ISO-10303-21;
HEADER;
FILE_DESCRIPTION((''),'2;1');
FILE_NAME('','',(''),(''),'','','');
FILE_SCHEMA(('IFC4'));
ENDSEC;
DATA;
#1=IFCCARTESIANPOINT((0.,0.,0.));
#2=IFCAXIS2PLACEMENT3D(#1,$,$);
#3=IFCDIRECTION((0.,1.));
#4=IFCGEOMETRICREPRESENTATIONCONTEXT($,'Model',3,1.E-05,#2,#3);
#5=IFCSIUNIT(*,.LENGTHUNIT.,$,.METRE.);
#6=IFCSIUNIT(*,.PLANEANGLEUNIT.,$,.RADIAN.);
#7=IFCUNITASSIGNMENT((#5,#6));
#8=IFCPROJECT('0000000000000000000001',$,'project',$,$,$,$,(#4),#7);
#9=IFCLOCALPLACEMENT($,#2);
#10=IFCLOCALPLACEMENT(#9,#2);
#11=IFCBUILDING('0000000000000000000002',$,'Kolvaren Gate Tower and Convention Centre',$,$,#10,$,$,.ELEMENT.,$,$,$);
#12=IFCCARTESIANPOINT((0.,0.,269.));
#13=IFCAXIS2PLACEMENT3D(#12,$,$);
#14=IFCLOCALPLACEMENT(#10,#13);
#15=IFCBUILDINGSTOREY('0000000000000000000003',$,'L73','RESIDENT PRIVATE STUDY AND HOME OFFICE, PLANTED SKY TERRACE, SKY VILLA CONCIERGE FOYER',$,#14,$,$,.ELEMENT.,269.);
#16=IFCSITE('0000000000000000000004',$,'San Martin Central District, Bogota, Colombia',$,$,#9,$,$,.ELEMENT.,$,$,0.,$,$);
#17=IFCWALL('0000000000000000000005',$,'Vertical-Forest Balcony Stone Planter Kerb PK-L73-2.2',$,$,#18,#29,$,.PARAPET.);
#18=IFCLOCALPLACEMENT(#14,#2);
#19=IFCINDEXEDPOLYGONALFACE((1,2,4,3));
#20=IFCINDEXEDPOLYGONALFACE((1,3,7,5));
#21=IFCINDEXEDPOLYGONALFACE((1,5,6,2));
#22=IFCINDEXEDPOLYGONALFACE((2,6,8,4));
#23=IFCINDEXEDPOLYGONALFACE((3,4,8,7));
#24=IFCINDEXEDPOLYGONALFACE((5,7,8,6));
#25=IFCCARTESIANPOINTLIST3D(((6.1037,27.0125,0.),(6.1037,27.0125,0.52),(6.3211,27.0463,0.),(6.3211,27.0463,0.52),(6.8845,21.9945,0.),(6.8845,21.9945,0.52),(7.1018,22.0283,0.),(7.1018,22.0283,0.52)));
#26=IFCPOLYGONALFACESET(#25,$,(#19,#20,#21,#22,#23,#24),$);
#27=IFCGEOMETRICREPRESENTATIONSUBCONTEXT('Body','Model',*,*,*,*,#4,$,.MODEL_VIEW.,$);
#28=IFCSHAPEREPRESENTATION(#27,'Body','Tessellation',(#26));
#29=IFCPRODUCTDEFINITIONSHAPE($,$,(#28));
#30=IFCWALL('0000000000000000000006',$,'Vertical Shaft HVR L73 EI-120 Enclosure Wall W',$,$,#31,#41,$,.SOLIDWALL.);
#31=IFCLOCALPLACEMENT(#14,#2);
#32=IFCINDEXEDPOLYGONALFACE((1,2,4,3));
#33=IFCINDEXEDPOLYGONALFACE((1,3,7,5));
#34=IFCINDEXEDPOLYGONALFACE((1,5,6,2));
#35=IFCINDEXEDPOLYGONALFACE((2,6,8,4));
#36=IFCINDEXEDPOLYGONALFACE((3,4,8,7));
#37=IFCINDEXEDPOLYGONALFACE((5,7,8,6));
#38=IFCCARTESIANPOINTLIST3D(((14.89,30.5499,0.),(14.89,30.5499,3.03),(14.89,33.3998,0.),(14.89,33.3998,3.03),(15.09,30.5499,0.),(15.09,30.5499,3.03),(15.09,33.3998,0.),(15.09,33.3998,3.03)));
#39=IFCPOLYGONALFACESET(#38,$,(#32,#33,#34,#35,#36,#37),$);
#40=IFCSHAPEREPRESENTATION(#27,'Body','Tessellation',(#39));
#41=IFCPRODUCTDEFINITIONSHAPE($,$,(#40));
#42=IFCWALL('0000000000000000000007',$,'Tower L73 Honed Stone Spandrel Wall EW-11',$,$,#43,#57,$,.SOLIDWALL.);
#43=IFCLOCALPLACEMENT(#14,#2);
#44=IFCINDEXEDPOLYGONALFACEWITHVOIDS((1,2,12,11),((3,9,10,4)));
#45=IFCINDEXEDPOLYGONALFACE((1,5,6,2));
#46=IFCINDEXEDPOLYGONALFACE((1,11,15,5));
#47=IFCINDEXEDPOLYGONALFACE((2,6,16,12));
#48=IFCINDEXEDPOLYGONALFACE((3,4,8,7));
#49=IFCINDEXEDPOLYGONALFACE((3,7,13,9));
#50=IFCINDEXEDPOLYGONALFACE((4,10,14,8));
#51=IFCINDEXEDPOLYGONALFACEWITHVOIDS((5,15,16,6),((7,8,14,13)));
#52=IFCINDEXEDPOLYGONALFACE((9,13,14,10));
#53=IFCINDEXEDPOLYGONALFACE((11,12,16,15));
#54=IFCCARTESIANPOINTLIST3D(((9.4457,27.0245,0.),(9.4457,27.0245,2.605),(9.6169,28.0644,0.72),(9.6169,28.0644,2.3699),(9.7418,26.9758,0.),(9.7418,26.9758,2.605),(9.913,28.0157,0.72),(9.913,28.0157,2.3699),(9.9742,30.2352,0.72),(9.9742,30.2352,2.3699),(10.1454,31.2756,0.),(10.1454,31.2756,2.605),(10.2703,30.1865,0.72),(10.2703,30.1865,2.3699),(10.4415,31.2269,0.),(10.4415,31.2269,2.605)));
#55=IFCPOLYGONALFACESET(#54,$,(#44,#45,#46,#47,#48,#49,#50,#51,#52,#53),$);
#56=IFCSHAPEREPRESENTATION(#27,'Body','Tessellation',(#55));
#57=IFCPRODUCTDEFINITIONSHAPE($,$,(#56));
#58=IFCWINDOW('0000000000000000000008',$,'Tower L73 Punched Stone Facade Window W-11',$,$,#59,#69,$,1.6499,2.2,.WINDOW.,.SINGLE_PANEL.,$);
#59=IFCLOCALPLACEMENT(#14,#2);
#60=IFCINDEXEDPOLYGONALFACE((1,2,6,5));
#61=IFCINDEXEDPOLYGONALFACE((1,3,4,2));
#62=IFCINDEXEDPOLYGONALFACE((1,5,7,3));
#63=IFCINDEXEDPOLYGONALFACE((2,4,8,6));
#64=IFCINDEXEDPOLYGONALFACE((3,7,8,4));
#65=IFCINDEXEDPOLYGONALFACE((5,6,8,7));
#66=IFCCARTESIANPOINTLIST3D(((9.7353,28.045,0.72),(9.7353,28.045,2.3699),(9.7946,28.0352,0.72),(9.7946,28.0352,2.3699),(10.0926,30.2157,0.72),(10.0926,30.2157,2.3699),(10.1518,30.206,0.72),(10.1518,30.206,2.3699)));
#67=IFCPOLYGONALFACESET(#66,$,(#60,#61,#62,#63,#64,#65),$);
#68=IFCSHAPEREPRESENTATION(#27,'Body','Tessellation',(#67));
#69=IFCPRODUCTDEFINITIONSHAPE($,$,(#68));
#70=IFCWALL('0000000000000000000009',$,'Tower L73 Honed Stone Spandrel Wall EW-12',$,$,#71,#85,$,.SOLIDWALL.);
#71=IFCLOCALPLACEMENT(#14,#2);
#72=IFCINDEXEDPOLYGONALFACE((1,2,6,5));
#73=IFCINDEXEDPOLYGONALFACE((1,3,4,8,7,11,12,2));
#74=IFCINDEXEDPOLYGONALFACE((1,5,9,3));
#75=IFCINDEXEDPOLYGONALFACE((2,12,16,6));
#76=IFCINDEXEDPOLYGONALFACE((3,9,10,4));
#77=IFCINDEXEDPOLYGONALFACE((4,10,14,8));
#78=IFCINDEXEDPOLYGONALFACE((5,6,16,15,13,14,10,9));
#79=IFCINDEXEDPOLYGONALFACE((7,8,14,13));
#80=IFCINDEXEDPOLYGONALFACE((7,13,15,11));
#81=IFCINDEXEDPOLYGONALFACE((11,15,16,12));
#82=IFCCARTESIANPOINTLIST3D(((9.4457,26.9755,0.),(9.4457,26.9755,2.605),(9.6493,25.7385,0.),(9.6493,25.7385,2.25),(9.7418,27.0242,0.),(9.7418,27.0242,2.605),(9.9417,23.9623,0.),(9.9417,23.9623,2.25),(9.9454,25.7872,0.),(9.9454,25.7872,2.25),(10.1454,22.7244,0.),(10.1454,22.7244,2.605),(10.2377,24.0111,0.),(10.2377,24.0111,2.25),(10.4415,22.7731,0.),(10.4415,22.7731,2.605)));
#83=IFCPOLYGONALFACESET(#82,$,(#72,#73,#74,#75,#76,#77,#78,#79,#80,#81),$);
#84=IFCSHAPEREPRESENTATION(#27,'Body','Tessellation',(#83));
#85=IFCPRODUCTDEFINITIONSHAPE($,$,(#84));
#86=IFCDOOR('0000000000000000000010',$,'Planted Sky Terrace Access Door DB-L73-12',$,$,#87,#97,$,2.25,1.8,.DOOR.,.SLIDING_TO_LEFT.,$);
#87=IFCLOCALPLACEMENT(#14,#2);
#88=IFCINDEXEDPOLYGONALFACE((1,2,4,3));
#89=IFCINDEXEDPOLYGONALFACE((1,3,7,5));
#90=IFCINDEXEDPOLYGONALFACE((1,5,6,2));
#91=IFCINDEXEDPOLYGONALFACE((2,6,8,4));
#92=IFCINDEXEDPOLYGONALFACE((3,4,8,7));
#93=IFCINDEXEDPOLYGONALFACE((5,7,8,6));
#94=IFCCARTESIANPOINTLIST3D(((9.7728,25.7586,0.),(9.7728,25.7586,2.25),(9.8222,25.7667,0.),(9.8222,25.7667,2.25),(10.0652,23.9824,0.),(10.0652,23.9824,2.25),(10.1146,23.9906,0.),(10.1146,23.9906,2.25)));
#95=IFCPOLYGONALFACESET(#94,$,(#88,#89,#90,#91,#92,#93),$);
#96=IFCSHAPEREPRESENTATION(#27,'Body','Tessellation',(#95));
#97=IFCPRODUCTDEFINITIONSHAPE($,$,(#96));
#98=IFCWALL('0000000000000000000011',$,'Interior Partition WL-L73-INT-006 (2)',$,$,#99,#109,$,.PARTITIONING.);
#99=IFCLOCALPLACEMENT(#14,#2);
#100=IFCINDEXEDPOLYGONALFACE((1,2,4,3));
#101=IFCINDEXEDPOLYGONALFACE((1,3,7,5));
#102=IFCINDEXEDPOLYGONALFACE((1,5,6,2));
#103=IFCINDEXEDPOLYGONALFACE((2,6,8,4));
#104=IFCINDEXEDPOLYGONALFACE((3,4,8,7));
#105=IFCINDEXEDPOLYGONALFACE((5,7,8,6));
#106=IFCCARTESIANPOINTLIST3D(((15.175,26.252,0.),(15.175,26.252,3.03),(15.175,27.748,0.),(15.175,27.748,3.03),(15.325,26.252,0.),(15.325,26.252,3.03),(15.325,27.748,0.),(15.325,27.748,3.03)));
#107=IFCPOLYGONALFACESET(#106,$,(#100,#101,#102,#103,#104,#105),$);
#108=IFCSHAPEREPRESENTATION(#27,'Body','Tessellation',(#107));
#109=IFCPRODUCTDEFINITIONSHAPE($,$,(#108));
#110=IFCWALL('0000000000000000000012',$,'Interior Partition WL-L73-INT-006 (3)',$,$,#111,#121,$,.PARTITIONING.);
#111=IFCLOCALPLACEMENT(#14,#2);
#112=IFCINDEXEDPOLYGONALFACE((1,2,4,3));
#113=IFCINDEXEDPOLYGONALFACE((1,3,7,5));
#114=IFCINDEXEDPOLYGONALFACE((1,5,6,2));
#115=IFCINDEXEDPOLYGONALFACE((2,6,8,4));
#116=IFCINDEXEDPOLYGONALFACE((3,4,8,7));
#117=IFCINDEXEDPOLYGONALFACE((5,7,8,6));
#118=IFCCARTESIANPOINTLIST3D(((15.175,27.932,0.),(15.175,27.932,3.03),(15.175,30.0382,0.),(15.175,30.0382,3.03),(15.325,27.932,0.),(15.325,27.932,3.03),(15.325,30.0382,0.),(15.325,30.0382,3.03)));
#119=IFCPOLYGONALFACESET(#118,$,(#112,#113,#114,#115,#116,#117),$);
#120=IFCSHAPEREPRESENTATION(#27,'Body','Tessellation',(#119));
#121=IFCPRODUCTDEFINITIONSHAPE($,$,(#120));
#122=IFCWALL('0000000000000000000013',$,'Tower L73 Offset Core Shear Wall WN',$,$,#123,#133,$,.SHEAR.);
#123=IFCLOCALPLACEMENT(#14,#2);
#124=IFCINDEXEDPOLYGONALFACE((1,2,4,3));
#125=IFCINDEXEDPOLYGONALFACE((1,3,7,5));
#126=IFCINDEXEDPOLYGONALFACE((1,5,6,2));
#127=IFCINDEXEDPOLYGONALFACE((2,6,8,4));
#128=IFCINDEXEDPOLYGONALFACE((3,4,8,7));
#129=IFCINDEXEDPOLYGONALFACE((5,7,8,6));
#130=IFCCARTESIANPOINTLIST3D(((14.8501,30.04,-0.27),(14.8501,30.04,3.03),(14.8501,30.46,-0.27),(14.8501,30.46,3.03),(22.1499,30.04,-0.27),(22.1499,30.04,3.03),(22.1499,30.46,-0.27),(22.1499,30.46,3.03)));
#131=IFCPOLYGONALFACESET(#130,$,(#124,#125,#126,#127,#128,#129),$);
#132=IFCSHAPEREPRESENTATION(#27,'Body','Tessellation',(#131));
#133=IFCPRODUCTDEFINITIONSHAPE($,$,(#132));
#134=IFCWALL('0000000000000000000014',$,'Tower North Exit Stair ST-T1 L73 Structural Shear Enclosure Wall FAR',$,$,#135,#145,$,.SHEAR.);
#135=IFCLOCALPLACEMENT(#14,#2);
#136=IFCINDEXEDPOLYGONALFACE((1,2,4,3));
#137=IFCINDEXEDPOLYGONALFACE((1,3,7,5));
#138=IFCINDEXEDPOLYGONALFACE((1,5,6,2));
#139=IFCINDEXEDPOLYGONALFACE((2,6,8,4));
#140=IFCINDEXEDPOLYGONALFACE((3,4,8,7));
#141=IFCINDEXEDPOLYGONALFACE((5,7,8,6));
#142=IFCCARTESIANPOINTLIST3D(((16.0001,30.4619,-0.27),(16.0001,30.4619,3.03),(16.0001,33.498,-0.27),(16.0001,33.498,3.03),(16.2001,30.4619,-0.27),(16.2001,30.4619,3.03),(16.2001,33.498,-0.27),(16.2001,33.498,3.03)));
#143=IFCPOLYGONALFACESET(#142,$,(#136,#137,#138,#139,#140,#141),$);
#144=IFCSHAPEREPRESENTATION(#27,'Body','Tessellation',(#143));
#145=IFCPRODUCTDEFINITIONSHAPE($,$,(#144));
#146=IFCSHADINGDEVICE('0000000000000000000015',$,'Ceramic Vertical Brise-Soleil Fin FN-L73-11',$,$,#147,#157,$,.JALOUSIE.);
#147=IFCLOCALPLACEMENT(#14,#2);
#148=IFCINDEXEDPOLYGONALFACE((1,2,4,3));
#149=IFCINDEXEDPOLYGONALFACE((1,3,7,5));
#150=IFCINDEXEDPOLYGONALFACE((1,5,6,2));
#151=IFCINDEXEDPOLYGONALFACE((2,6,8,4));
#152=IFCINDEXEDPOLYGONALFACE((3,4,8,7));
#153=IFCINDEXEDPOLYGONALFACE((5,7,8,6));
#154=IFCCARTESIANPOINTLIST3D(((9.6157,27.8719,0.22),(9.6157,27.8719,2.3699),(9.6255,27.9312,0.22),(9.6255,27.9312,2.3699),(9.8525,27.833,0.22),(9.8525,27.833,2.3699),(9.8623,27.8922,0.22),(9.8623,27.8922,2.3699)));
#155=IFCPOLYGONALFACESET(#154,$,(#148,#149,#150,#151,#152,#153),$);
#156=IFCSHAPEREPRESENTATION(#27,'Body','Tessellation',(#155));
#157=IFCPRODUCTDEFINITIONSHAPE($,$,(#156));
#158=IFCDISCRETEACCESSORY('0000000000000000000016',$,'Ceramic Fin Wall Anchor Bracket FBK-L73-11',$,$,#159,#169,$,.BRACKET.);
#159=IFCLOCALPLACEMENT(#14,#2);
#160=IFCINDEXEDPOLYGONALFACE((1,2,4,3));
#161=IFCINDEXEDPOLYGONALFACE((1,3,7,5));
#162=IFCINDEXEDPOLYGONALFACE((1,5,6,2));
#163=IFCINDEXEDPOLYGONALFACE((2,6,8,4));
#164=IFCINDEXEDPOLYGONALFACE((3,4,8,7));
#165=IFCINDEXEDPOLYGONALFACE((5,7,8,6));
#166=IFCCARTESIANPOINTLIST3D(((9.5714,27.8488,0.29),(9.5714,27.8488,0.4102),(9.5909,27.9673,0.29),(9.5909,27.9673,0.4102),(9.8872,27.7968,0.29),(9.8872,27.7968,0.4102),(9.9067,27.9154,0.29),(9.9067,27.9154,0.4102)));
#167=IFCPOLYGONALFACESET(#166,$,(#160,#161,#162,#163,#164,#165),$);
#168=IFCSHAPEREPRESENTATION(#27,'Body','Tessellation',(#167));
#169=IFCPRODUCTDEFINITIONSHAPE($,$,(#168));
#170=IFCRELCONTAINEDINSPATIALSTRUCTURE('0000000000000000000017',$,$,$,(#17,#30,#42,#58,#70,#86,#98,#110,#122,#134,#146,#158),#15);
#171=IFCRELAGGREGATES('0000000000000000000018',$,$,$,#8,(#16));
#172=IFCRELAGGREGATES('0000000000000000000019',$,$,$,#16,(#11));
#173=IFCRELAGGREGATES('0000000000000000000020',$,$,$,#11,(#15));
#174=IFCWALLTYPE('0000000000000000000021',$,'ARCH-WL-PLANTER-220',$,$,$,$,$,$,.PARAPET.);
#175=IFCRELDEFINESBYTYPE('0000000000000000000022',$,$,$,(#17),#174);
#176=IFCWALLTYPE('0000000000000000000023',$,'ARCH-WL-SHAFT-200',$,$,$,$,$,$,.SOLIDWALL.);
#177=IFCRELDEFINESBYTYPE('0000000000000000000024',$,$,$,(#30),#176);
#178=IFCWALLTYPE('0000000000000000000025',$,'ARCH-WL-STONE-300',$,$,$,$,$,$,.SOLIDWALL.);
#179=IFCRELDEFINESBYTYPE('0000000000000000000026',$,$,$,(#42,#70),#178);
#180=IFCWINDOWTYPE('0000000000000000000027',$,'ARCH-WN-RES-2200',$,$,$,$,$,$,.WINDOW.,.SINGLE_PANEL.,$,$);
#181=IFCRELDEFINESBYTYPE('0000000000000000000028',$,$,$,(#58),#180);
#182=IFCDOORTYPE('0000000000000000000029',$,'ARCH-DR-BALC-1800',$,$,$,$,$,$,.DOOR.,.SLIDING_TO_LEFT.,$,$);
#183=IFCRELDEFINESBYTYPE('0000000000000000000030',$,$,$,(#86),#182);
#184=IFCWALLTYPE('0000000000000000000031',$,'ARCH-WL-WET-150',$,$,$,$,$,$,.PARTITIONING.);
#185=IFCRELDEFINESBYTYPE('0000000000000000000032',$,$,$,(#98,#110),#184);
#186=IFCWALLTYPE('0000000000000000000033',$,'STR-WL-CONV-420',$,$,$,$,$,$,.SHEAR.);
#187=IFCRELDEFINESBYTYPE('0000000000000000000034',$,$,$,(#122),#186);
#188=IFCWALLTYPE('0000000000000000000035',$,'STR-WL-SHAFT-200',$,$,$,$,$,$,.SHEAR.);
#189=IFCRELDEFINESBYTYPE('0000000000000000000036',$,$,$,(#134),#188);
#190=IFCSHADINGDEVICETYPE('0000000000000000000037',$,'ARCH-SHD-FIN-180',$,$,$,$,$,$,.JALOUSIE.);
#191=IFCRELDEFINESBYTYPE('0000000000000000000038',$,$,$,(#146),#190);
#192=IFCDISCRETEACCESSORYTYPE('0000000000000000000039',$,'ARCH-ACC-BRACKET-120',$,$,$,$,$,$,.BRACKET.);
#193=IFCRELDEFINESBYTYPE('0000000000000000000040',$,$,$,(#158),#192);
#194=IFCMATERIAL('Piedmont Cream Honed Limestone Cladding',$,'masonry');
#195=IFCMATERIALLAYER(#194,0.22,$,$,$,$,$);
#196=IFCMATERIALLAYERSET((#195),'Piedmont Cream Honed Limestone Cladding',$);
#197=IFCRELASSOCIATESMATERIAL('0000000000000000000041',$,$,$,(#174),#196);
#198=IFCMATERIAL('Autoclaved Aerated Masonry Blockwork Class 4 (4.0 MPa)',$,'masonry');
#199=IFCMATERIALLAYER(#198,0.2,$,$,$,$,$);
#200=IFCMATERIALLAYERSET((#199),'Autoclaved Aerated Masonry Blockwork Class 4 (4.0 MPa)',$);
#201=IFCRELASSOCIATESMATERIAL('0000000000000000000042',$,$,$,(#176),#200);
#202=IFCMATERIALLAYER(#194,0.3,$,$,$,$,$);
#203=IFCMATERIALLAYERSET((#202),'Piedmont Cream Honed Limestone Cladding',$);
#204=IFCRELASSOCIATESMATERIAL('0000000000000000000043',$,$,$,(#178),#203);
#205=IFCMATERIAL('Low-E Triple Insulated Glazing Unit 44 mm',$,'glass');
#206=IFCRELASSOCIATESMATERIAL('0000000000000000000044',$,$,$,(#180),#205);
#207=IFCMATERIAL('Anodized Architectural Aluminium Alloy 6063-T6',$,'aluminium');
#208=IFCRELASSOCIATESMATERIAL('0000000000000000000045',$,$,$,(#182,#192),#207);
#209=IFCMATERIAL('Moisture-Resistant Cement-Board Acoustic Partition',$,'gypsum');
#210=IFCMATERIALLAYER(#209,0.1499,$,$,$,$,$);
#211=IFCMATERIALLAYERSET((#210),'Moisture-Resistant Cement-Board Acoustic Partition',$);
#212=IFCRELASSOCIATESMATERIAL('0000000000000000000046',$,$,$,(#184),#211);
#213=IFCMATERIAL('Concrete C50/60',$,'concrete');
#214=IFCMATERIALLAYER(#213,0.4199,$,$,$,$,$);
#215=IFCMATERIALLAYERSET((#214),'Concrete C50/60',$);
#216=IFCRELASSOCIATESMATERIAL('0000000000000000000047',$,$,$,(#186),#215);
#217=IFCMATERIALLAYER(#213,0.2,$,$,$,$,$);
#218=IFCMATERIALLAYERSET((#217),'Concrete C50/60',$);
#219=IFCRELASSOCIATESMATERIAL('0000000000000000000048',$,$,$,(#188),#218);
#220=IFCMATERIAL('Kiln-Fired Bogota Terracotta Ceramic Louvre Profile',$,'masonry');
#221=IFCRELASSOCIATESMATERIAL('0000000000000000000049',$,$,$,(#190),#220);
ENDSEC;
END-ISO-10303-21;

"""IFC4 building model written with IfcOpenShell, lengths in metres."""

from ifc_helpers import new_model, si_unit, direction, frame, frame_2d, origin, origin_2d, place, context, subcontext, project, spatial, rectangle, extrude, material, layer, layer_set, type_object, element, fill, save


model = new_model("IFC4")

# Units and contexts
model_context = context("Model", 3, precision=1e-05, world=origin(), true_north=direction((0.0, 1.0)))
body_context = subcontext(model_context, "Body", "Model", "MODEL_VIEW")
ifc_project = project(units=[si_unit("LENGTHUNIT", "METRE"), si_unit("PLANEANGLEUNIT", "RADIAN")], contexts=[model_context])

# Site, building, storey
site_placement = place(None, origin())
site = spatial("IfcSite", under=ifc_project, at=site_placement, Name="San Martin Central District, Bogota, Colombia", CompositionType="ELEMENT", RefElevation=0.0)
building_placement = place(site_placement, origin())
building = spatial("IfcBuilding", under=site, at=building_placement, Name="Kolvaren Gate Tower and Convention Centre", CompositionType="ELEMENT")
storey_placement = place(building_placement, frame((0.0, 0.0, 269.0)))
storey = spatial("IfcBuildingStorey", under=building, at=storey_placement, Name="L73", Description="RESIDENT PRIVATE STUDY AND HOME OFFICE, PLANTED SKY TERRACE, SKY VILLA CONCIERGE FOYER", CompositionType="ELEMENT", Elevation=269.0)

# Shared definitions
ifc_material_1 = material(Name="Autoclaved Aerated Masonry Blockwork Class 4 (4.0 MPa)", Category="masonry")

# Walls
ifc_material_2 = material(Name="Piedmont Cream Honed Limestone Cladding", Category="masonry")
ifc_layer_1 = layer(ifc_material_2, 0.22)
ifc_layer_set_1 = layer_set([ifc_layer_1], Name="Piedmont Cream Honed Limestone Cladding")
wall_type_1 = type_object("IfcWallType", Name="ARCH-WL-PLANTER-220", PredefinedType="PARAPET", material=ifc_layer_set_1)
for number, where, z_axis, x_axis, name in (
    (1, (6.2124, 27.0293, 0.0), (0.0, 0.0, 1.0), (0.15374, -0.988111, 0.0), "Vertical-Forest Balcony Stone Planter Kerb PK-L73-2.2"),
):
    element("IfcWall", number, at=place(storey_placement, frame(where, z_axis=z_axis, x_axis=x_axis)), inside=storey, type_object=wall_type_1, Name=name, PredefinedType="PARAPET", context=body_context, shape_type="SweptSolid", body=[
        extrude(rectangle(XDim=5.0784, YDim=0.22, at=frame_2d((2.5391, 0.0))), origin(), (0.0, 0.0, 1.0), 0.52),
    ])
ifc_layer_2 = layer(ifc_material_1, 0.2)
ifc_layer_set_2 = layer_set([ifc_layer_2], Name="Autoclaved Aerated Masonry Blockwork Class 4 (4.0 MPa)")
wall_type_2 = type_object("IfcWallType", Name="ARCH-WL-SHAFT-200", PredefinedType="SOLIDWALL", material=ifc_layer_set_2)
wall_1_placement = place(storey_placement, frame((14.99, 30.55, 0.0), z_axis=(0.0, 0.0, 1.0), x_axis=(0.0, 1.0, 0.0)))
element("IfcWall", 2, at=wall_1_placement, inside=storey, type_object=wall_type_2, Name="Vertical Shaft HVR L73 EI-120 Enclosure Wall W", PredefinedType="SOLIDWALL", context=body_context, shape_type="SweptSolid", body=[
    extrude(rectangle(XDim=2.8499, YDim=0.2, at=frame_2d((1.4248, 0.0))), origin(), (0.0, 0.0, 1.0), 3.03),
])

# Wall, opening, window
ifc_layer_3 = layer(ifc_material_2, 0.3)
ifc_layer_set_3 = layer_set([ifc_layer_3], Name="Piedmont Cream Honed Limestone Cladding")
wall_type_3 = type_object("IfcWallType", Name="ARCH-WL-STONE-300", PredefinedType="SOLIDWALL", material=ifc_layer_set_3)
wall_2_placement = place(storey_placement, frame((9.5938, 27.0, 0.0), z_axis=(0.0, 0.0, 1.0), x_axis=(0.162405, 0.986724, 0.0)))
wall_2 = element("IfcWall", 3, at=wall_2_placement, inside=storey, type_object=wall_type_3, Name="Tower L73 Honed Stone Spandrel Wall EW-11", PredefinedType="SOLIDWALL", context=body_context, shape_type="SweptSolid", body=[
    extrude(rectangle(XDim=4.3083, YDim=0.3, at=frame_2d((2.1543, 0.0))), origin(), (0.0, 0.0, 1.0), 2.605),
])
opening_1_placement = place(wall_2_placement, frame((1.054, 0.0, 0.72)))
opening_1 = element("IfcOpeningElement", 4, at=opening_1_placement, cuts=wall_2, PredefinedType="OPENING", context=body_context, shape_type="SweptSolid", body=[
    extrude(rectangle(XDim=2.2, YDim=1.6499, at=frame_2d((1.1001, 0.825))), frame((0.0, 0.1599, 0.0), z_axis=(0.0, -1.0, 0.0), x_axis=(1.0, 0.0, 0.0)), (0.0, 0.0, 1.0), 0.3201),
])
ifc_material_3 = material(Name="Low-E Triple Insulated Glazing Unit 44 mm", Category="glass")
window_type = type_object("IfcWindowType", Name="ARCH-WN-RES-2200", PartitioningType="SINGLE_PANEL", PredefinedType="WINDOW", material=ifc_material_3)
window_placement = place(opening_1_placement, origin())
window = element("IfcWindow", 5, at=window_placement, inside=storey, type_object=window_type, Name="Tower L73 Punched Stone Facade Window W-11", OverallHeight=1.6499, OverallWidth=2.2, PartitioningType="SINGLE_PANEL", PredefinedType="WINDOW", context=body_context, shape_type="SweptSolid", body=[
    extrude(rectangle(XDim=2.2, YDim=1.6499, at=frame_2d((1.1001, 0.825))), frame((0.0, 0.03, 0.0), z_axis=(0.0, -1.0, 0.0), x_axis=(1.0, 0.0, 0.0)), (0.0, 0.0, 1.0), 0.0601),
])
fill(opening_1, window)

# Wall, opening, door
wall_3_placement = place(storey_placement, frame((9.5938, 27.0, 0.0), z_axis=(0.0, 0.0, 1.0), x_axis=(0.162405, -0.986724, 0.0)))
wall_3 = element("IfcWall", 6, at=wall_3_placement, inside=storey, type_object=wall_type_3, Name="Tower L73 Honed Stone Spandrel Wall EW-12", PredefinedType="SOLIDWALL", context=body_context, shape_type="SweptSolid", body=[
    extrude(rectangle(XDim=4.3083, YDim=0.3, at=frame_2d((2.1543, 0.0))), origin(), (0.0, 0.0, 1.0), 2.605),
])
opening_2_placement = place(wall_3_placement, frame((1.2539, 0.0, 0.0)))
opening_2 = element("IfcOpeningElement", 7, at=opening_2_placement, cuts=wall_3, PredefinedType="OPENING", context=body_context, shape_type="SweptSolid", body=[
    extrude(rectangle(XDim=1.8, YDim=2.25, at=frame_2d((0.8999, 1.125))), frame((0.0, 0.1599, 0.0), z_axis=(0.0, -1.0, 0.0), x_axis=(1.0, 0.0, 0.0)), (0.0, 0.0, 1.0), 0.3201),
])
ifc_material_4 = material(Name="Anodized Architectural Aluminium Alloy 6063-T6", Category="aluminium")
door_type_1 = type_object("IfcDoorType", Name="ARCH-DR-BALC-1800", OperationType="SLIDING_TO_LEFT", PredefinedType="DOOR", material=ifc_material_4)
door_1_placement = place(opening_2_placement, frame((1.8, 0.0, 0.0), z_axis=(0.0, 0.0, 1.0), x_axis=(-1.0, 0.0, 0.0)))
door_1 = element("IfcDoor", 8, at=door_1_placement, inside=storey, type_object=door_type_1, Name="Planted Sky Terrace Access Door DB-L73-12", OperationType="SLIDING_TO_LEFT", OverallHeight=2.25, OverallWidth=1.8, PredefinedType="DOOR", context=body_context, shape_type="SweptSolid", body=[
    extrude(rectangle(XDim=1.8, YDim=2.25, at=frame_2d((0.8999, 1.125))), frame((0.0, 0.0249, 0.0), z_axis=(0.0, -1.0, 0.0), x_axis=(1.0, 0.0, 0.0)), (0.0, 0.0, 1.0), 0.05),
])
fill(opening_2, door_1)

# Walls
ifc_material_5 = material(Name="Moisture-Resistant Cement-Board Acoustic Partition", Category="gypsum")
ifc_layer_4 = layer(ifc_material_5, 0.1499)
ifc_layer_set_4 = layer_set([ifc_layer_4], Name="Moisture-Resistant Cement-Board Acoustic Partition")
wall_type_4 = type_object("IfcWallType", Name="ARCH-WL-WET-150", PredefinedType="PARTITIONING", material=ifc_layer_set_4)
wall_4_placement = place(storey_placement, frame((15.25, 26.252, 0.0), z_axis=(0.0, 0.0, 1.0), x_axis=(0.0, 1.0, 0.0)))
element("IfcWall", 9, at=wall_4_placement, inside=storey, type_object=wall_type_4, Name="Interior Partition WL-L73-INT-006 (2)", PredefinedType="PARTITIONING", context=body_context, shape_type="SweptSolid", body=[
    extrude(rectangle(XDim=1.4961, YDim=0.1499, at=frame_2d((0.748, 0.0))), origin(), (0.0, 0.0, 1.0), 3.03),
])
wall_5_placement = place(storey_placement, frame((15.25, 27.9319, 0.0), z_axis=(0.0, 0.0, 1.0), x_axis=(0.0, 1.0, 0.0)))
element("IfcWall", 10, at=wall_5_placement, inside=storey, type_object=wall_type_4, Name="Interior Partition WL-L73-INT-006 (3)", PredefinedType="PARTITIONING", context=body_context, shape_type="SweptSolid", body=[
    extrude(rectangle(XDim=2.1062, YDim=0.1499, at=frame_2d((1.0532, 0.0))), origin(), (0.0, 0.0, 1.0), 3.03),
])
ifc_material_6 = material(Name="Concrete C50/60", Category="concrete")
ifc_layer_5 = layer(ifc_material_6, 0.4199)
ifc_layer_set_5 = layer_set([ifc_layer_5], Name="Concrete C50/60")
wall_type_5 = type_object("IfcWallType", Name="STR-WL-CONV-420", PredefinedType="SHEAR", material=ifc_layer_set_5)
wall_6_placement = place(storey_placement, frame((14.8501, 30.25, -0.27), z_axis=(0.0, 0.0, 1.0), x_axis=(1.0, 0.0, 0.0)))
element("IfcWall", 11, at=wall_6_placement, inside=storey, type_object=wall_type_5, Name="Tower L73 Offset Core Shear Wall WN", PredefinedType="SHEAR", context=body_context, shape_type="SweptSolid", body=[
    extrude(rectangle(XDim=7.2998, YDim=0.4199, at=frame_2d((3.6499, 0.0))), origin(), (0.0, 0.0, 1.0), 3.3),
])
ifc_layer_6 = layer(ifc_material_6, 0.2)
ifc_layer_set_6 = layer_set([ifc_layer_6], Name="Concrete C50/60")
wall_type_6 = type_object("IfcWallType", Name="STR-WL-SHAFT-200", PredefinedType="SHEAR", material=ifc_layer_set_6)
wall_7_placement = place(storey_placement, frame((16.1001, 30.4619, -0.27), z_axis=(0.0, 0.0, 1.0), x_axis=(0.0, 1.0, 0.0)))
element("IfcWall", 12, at=wall_7_placement, inside=storey, type_object=wall_type_6, Name="Tower North Exit Stair ST-T1 L73 Structural Shear Enclosure Wall FAR", PredefinedType="SHEAR", context=body_context, shape_type="SweptSolid", body=[
    extrude(rectangle(XDim=3.0361, YDim=0.2, at=frame_2d((1.5181, 0.0))), origin(), (0.0, 0.0, 1.0), 3.3),
])

# Shading device
ifc_material_7 = material(Name="Kiln-Fired Bogota Terracotta Ceramic Louvre Profile", Category="masonry")
shading_device_type = type_object("IfcShadingDeviceType", Name="ARCH-SHD-FIN-180", PredefinedType="JALOUSIE", material=ifc_material_7)
shading_device_placement = place(storey_placement, frame((9.739, 27.8821, 0.22), z_axis=(0.0, 0.0, 1.0), x_axis=(0.162386, 0.986727, 0.0)))
element("IfcShadingDevice", 13, at=shading_device_placement, inside=storey, type_object=shading_device_type, Name="Ceramic Vertical Brise-Soleil Fin FN-L73-11", PredefinedType="JALOUSIE", context=body_context, shape_type="SweptSolid", body=[
    extrude(rectangle(XDim=0.0601, YDim=0.24, at=origin_2d()), origin(), (0.0, 0.0, 1.0), 2.1499),
])

# Discrete accessory
discrete_accessory_type = type_object("IfcDiscreteAccessoryType", Name="ARCH-ACC-BRACKET-120", PredefinedType="BRACKET", material=ifc_material_4)
discrete_accessory_placement = place(storey_placement, frame((9.739, 27.8821, 0.29), z_axis=(0.0, 0.0, 1.0), x_axis=(0.162386, 0.986727, 0.0)))
element("IfcDiscreteAccessory", 14, at=discrete_accessory_placement, inside=storey, type_object=discrete_accessory_type, Name="Ceramic Fin Wall Anchor Bracket FBK-L73-11", PredefinedType="BRACKET", context=body_context, shape_type="SweptSolid", body=[
    extrude(rectangle(XDim=0.1201, YDim=0.3201, at=origin_2d()), origin(), (0.0, 0.0, 1.0), 0.1201),
])

save(model, "model.ifc")
